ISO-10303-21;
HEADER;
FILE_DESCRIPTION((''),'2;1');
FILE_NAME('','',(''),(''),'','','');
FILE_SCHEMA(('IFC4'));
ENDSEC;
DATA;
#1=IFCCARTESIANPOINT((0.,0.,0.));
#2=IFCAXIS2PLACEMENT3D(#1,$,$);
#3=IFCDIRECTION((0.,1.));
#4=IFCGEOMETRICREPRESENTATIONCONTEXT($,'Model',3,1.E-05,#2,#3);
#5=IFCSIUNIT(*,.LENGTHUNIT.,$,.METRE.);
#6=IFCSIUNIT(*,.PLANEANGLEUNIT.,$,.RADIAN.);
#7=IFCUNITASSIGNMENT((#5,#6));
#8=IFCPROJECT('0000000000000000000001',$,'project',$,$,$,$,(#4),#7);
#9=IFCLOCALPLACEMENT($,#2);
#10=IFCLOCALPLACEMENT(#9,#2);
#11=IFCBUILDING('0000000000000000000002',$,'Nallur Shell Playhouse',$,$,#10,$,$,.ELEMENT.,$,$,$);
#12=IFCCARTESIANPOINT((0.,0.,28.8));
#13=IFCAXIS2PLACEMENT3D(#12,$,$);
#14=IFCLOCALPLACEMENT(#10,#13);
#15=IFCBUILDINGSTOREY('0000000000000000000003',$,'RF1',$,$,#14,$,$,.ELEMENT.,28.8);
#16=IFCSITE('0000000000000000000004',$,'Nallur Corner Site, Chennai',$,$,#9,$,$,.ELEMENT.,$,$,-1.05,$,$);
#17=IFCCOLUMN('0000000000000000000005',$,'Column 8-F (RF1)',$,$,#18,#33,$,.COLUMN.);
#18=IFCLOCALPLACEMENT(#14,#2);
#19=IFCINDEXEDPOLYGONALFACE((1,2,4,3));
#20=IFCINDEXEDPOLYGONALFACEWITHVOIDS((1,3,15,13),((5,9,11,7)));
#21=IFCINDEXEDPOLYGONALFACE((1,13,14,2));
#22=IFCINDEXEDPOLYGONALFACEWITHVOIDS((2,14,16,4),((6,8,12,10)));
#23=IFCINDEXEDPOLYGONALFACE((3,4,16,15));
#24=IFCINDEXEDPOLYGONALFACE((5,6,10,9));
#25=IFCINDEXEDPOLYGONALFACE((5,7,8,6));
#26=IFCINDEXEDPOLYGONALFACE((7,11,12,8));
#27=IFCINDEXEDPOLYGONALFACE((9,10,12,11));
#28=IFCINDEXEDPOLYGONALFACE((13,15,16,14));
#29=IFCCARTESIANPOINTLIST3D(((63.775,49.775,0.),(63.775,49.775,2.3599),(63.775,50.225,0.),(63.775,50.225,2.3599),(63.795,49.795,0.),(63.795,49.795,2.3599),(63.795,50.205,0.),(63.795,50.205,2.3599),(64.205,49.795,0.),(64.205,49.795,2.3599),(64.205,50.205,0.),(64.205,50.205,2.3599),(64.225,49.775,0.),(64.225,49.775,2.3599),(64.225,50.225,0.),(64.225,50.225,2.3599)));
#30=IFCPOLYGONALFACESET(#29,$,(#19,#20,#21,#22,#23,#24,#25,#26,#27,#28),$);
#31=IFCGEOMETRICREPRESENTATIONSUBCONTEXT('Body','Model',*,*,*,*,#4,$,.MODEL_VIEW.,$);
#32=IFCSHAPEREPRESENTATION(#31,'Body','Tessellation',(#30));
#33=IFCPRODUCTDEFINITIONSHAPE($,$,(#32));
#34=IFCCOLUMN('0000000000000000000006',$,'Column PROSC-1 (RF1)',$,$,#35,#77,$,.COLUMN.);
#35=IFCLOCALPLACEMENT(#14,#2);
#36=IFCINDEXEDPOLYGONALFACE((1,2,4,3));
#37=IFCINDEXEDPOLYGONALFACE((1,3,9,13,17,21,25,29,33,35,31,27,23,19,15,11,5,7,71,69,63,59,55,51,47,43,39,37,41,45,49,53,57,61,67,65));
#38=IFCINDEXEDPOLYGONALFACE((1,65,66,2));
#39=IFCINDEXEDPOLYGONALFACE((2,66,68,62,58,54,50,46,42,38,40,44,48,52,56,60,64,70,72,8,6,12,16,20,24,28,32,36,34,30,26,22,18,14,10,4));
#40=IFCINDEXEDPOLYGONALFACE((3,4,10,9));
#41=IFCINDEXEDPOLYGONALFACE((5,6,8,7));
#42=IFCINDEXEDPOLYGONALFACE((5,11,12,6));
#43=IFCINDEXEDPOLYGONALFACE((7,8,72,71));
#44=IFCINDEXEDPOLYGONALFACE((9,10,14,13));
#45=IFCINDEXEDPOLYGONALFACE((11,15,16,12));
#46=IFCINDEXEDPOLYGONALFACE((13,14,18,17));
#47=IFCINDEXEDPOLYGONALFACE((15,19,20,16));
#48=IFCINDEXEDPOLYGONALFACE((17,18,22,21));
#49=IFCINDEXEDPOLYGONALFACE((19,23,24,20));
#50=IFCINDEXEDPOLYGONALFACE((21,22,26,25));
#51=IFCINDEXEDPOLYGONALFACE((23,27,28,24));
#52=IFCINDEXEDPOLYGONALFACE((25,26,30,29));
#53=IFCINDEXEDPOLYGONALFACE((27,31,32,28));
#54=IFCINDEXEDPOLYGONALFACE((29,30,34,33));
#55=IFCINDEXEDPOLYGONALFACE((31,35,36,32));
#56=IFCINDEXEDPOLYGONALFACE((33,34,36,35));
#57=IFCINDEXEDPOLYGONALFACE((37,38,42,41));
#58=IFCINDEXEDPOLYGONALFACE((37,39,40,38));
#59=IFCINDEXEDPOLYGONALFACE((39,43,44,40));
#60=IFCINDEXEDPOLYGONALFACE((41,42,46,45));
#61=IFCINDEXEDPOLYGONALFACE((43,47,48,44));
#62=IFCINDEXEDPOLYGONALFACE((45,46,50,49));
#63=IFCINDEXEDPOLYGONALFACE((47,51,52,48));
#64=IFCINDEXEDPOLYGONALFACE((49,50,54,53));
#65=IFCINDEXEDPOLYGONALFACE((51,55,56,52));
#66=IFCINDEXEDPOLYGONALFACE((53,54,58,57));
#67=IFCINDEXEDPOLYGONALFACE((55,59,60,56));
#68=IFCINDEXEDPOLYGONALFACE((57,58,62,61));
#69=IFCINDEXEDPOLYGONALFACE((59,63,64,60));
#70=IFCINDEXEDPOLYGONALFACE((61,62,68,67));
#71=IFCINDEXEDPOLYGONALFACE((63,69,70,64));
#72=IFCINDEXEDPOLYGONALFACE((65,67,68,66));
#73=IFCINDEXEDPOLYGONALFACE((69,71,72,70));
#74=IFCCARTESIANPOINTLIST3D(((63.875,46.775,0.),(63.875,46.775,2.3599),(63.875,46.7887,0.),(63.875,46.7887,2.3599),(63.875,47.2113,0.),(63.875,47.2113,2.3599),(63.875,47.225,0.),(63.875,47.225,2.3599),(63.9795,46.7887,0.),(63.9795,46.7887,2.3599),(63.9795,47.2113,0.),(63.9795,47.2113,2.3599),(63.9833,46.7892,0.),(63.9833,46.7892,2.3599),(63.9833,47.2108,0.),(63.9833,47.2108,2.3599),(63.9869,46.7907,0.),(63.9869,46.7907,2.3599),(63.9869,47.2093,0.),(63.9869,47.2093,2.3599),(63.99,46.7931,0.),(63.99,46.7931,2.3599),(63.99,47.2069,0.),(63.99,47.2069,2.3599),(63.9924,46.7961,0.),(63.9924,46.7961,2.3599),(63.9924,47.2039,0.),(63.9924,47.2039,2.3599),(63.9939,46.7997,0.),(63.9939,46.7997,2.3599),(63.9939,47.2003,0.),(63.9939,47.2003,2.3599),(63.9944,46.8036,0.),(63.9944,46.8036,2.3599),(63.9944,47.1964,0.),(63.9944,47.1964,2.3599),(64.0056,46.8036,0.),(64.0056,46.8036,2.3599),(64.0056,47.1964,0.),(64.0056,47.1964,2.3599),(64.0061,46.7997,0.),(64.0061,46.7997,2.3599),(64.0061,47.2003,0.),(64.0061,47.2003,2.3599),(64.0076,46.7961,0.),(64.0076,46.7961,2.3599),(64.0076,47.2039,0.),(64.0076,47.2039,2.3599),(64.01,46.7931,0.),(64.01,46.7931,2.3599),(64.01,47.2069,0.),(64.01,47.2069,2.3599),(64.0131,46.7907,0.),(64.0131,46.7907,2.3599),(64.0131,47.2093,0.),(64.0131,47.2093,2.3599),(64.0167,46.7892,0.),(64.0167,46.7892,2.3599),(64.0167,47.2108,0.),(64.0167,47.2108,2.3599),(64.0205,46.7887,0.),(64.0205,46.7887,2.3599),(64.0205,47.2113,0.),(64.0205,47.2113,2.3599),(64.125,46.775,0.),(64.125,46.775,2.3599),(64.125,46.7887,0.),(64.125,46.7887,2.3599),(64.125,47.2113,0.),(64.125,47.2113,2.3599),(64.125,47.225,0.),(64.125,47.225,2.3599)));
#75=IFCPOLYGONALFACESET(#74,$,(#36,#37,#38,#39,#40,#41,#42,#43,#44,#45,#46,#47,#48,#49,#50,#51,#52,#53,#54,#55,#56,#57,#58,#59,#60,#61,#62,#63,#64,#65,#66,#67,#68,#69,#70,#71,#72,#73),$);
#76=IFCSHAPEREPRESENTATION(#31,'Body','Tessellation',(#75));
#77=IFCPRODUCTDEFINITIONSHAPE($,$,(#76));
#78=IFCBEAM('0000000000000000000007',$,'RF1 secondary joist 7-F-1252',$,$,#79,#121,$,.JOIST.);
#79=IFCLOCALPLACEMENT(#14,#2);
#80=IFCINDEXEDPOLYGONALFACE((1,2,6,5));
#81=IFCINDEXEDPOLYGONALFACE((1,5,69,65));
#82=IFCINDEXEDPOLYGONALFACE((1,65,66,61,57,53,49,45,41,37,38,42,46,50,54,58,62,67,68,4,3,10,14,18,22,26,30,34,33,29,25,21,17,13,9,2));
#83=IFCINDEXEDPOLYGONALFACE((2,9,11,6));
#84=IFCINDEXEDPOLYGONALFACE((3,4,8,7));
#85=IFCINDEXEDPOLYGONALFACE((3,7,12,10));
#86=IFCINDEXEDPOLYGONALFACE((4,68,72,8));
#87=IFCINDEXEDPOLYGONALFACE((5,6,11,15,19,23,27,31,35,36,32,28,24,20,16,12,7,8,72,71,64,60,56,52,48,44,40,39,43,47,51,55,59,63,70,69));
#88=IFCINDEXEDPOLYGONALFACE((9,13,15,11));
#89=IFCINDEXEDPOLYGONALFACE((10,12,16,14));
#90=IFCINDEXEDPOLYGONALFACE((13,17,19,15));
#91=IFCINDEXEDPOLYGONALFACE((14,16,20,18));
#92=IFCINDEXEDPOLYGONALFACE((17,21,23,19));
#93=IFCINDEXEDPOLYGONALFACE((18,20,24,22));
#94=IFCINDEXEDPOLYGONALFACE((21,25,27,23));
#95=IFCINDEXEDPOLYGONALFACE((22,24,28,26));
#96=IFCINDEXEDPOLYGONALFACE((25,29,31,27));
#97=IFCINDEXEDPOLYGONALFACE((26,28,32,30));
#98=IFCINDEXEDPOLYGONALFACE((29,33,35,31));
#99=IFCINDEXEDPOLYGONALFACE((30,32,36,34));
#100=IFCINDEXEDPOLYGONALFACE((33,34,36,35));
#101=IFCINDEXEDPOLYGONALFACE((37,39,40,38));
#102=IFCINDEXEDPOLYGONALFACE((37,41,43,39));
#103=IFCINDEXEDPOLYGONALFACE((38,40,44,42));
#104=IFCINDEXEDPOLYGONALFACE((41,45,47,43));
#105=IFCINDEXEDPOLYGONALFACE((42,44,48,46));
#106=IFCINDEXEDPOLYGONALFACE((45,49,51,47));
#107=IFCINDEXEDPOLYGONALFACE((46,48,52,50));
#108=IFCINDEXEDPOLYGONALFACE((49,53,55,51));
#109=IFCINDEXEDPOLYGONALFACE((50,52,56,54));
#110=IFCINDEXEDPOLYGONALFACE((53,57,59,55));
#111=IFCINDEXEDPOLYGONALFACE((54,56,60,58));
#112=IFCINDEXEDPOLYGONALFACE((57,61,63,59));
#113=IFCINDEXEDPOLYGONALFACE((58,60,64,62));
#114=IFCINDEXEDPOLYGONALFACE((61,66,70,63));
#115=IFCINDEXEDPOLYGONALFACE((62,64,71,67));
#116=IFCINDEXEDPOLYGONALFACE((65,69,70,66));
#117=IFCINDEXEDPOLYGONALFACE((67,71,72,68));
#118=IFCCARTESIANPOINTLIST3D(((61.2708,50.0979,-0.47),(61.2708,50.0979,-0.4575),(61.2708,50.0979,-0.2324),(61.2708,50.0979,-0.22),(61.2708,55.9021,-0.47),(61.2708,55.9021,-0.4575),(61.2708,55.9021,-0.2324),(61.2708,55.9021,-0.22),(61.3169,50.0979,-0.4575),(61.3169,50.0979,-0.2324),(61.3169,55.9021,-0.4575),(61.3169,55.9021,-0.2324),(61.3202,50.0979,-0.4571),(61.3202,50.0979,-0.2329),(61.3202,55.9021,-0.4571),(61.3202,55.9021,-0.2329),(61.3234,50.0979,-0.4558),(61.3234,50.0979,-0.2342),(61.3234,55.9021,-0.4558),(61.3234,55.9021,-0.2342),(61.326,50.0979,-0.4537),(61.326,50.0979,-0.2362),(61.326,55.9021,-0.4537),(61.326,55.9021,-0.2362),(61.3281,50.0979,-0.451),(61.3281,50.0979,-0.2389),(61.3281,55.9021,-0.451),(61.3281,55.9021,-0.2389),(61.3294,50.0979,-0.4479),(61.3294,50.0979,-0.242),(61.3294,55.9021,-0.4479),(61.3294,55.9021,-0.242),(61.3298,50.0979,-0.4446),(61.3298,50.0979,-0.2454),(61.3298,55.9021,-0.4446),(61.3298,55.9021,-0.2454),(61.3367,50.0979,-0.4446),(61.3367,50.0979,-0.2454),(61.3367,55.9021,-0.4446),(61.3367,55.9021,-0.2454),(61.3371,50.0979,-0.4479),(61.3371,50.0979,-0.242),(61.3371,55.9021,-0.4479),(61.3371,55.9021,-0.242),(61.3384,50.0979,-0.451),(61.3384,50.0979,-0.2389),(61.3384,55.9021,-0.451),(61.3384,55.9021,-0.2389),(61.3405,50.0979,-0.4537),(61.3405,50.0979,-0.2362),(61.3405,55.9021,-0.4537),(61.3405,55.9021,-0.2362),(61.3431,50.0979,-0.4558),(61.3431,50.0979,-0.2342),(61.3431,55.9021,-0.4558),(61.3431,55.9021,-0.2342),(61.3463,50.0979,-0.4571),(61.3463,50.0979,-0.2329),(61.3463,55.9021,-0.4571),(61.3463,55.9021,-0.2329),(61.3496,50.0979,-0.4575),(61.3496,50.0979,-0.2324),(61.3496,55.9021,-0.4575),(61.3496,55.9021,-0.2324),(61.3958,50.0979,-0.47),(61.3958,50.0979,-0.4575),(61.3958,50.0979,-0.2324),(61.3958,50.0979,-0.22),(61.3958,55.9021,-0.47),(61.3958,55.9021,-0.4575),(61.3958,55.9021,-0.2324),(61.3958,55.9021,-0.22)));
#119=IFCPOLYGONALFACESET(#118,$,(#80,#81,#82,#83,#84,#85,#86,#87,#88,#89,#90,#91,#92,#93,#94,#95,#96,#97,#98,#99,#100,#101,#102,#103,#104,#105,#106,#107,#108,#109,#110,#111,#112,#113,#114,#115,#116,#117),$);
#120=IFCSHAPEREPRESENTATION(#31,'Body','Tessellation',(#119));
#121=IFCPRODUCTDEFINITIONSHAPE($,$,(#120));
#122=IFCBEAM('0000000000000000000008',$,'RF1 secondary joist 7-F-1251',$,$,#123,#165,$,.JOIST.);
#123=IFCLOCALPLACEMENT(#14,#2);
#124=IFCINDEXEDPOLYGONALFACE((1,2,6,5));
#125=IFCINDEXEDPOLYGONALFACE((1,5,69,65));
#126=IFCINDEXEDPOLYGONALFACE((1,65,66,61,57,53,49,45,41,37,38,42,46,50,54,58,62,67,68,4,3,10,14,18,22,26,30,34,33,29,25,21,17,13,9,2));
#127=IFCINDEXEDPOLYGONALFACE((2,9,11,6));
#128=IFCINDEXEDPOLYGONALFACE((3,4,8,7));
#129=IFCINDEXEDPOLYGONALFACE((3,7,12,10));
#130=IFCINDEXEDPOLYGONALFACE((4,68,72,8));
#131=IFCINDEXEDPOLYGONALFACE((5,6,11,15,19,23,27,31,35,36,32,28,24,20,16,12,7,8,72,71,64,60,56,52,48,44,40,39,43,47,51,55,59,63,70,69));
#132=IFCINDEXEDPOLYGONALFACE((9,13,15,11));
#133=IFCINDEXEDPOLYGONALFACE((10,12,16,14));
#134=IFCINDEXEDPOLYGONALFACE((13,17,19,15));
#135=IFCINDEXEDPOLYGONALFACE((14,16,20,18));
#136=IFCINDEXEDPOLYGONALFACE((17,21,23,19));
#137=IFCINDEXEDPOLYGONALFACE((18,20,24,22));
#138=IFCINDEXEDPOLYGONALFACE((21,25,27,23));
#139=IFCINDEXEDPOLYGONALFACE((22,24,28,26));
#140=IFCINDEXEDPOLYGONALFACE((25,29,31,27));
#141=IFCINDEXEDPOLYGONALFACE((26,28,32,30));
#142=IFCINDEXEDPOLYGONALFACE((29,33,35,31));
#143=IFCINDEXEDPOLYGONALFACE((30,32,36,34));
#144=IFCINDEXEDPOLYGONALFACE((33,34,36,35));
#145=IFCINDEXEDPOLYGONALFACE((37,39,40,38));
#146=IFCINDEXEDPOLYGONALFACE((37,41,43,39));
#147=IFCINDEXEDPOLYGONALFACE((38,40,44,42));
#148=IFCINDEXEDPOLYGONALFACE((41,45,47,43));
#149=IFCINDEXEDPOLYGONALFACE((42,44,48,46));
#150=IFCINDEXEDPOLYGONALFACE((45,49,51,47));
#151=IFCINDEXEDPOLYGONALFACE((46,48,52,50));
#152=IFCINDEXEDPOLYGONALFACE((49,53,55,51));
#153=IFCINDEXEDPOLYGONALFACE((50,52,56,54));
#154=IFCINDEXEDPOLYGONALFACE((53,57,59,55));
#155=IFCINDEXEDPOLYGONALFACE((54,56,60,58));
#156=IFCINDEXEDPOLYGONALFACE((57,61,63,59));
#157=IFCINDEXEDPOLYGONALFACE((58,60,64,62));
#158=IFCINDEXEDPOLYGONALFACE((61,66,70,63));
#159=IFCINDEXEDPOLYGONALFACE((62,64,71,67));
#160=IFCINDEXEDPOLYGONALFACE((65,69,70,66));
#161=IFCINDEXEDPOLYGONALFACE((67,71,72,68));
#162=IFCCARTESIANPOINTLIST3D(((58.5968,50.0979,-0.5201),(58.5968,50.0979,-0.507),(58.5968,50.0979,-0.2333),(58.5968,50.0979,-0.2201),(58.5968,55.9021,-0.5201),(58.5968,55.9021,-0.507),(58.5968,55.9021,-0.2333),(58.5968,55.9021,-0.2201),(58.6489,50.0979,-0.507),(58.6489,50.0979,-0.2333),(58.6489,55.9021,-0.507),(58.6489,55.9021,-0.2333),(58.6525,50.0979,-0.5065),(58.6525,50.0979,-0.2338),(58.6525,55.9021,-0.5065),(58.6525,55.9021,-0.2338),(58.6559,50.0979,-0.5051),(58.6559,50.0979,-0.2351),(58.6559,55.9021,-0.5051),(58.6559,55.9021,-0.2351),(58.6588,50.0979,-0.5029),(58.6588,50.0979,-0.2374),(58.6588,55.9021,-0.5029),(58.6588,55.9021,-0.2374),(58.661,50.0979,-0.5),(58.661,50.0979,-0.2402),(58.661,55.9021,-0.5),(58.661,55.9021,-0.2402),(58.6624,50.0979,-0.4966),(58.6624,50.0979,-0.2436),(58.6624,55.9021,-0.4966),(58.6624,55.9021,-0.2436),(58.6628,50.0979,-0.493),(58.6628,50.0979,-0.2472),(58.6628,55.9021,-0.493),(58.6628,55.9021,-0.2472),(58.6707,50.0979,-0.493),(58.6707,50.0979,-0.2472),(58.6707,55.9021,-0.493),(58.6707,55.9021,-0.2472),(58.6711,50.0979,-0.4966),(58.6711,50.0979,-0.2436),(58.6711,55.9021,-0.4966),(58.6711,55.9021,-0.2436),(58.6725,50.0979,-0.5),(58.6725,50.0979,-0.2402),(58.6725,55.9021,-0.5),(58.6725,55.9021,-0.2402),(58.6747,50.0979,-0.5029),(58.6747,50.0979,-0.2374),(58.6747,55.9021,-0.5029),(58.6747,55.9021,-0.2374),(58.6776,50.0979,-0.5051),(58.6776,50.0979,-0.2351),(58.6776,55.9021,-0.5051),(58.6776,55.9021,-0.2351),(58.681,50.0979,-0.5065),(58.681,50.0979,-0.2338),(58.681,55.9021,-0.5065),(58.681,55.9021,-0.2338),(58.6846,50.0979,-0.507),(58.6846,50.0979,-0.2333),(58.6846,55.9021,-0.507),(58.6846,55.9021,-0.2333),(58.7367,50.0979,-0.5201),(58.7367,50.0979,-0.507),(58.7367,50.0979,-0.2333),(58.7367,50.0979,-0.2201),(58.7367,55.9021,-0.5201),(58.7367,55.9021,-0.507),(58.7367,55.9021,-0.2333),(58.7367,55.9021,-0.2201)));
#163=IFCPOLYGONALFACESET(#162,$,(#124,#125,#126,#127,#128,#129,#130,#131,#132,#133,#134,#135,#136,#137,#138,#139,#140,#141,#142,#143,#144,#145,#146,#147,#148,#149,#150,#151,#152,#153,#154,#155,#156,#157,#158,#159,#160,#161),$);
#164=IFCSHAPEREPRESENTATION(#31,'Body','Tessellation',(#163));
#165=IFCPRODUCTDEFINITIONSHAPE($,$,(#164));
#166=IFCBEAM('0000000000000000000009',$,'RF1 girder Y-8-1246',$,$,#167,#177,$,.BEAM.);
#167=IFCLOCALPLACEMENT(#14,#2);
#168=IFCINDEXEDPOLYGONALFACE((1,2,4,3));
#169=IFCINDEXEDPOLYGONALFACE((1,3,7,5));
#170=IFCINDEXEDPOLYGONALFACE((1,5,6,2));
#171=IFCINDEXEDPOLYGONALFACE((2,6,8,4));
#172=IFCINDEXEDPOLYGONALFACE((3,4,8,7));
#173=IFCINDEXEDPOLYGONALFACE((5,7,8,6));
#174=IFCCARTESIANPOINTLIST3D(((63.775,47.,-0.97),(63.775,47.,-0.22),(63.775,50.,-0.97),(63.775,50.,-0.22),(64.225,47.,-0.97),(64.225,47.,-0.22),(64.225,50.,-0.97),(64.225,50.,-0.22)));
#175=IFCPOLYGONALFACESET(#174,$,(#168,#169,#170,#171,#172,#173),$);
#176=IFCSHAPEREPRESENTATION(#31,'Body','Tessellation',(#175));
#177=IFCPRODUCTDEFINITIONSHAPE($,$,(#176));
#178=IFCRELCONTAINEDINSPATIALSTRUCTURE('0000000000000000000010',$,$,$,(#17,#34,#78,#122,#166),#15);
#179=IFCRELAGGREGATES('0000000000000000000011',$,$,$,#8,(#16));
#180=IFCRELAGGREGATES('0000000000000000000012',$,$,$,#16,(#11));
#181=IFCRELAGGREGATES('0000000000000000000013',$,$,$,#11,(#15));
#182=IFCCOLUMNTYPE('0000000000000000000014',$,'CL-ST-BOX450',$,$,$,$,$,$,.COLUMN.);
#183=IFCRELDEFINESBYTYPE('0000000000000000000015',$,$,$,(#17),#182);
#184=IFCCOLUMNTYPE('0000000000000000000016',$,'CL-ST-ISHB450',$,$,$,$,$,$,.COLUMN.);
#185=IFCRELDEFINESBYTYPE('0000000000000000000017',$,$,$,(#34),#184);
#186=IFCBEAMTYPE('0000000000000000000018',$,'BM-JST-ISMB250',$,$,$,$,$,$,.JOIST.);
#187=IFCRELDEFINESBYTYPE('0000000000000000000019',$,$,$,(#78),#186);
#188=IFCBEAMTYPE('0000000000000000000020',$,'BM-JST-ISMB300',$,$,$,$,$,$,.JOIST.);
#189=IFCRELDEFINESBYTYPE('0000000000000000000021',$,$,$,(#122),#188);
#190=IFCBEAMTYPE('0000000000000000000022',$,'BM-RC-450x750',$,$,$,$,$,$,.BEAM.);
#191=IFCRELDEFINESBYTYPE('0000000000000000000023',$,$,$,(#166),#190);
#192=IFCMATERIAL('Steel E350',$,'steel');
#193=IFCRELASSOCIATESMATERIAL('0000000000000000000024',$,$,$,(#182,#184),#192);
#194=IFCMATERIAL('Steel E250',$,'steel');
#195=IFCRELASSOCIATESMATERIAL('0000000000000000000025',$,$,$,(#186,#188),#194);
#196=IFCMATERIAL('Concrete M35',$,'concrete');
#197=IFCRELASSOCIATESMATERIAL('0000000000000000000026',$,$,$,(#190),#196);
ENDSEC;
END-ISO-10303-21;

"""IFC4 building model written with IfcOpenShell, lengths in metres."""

from ifc_helpers import new_model, si_unit, direction, frame, origin, origin_2d, place, context, subcontext, project, spatial, rectangle, hollow_rectangle, i_section, extrude, material, material_profile, profile_set, type_object, element, save


model = new_model("IFC4")

# Units and contexts
model_context = context("Model", 3, precision=1e-05, world=origin(), true_north=direction((0.0, 1.0)))
body_context = subcontext(model_context, "Body", "Model", "MODEL_VIEW")
ifc_project = project(units=[si_unit("LENGTHUNIT", "METRE"), si_unit("PLANEANGLEUNIT", "RADIAN")], contexts=[model_context])

# Site, building, storey
site_placement = place(None, origin())
site = spatial("IfcSite", under=ifc_project, at=site_placement, Name="Nallur Corner Site, Chennai", CompositionType="ELEMENT", RefElevation=-1.05)
building_placement = place(site_placement, origin())
building = spatial("IfcBuilding", under=site, at=building_placement, Name="Nallur Shell Playhouse", CompositionType="ELEMENT")
storey_placement = place(building_placement, frame((0.0, 0.0, 28.8)))
storey = spatial("IfcBuildingStorey", under=building, at=storey_placement, Name="RF1", CompositionType="ELEMENT", Elevation=28.8)

# Columns
ifc_material_1 = material(Name="Steel E350", Category="steel")
ifc_material_profile_1 = material_profile(ifc_material_1, hollow_rectangle(XDim=0.45, YDim=0.45, WallThickness=0.02, at=origin_2d()), Name="BOX 450x450x20")
ifc_profile_set_1 = profile_set([ifc_material_profile_1], Name="Steel E350")
column_type_1 = type_object("IfcColumnType", Name="CL-ST-BOX450", PredefinedType="COLUMN", material=ifc_profile_set_1)
column_1_placement = place(storey_placement, frame((64.0, 50.0, 0.0), z_axis=(0.0, 0.0, 1.0), x_axis=(1.0, 0.0, 0.0)))
element("IfcColumn", 1, at=column_1_placement, inside=storey, type_object=column_type_1, Name="Column 8-F (RF1)", PredefinedType="COLUMN", context=body_context, shape_type="SweptSolid", body=[
    extrude(hollow_rectangle(XDim=0.45, YDim=0.45, WallThickness=0.02, at=origin_2d()), origin(), (0.0, 0.0, 1.0), 2.3599),
])
ifc_material_profile_2 = material_profile(ifc_material_1, i_section(OverallWidth=0.25, OverallDepth=0.45, WebThickness=0.0112, FlangeThickness=0.0137, FilletRadius=0.0149, at=origin_2d()), Name="ISHB 450")
ifc_profile_set_2 = profile_set([ifc_material_profile_2], Name="Steel E350")
column_type_2 = type_object("IfcColumnType", Name="CL-ST-ISHB450", PredefinedType="COLUMN", material=ifc_profile_set_2)
column_2_placement = place(storey_placement, frame((64.0, 47.0, 0.0), z_axis=(0.0, 0.0, 1.0), x_axis=(1.0, 0.0, 0.0)))
element("IfcColumn", 2, at=column_2_placement, inside=storey, type_object=column_type_2, Name="Column PROSC-1 (RF1)", PredefinedType="COLUMN", context=body_context, shape_type="SweptSolid", body=[
    extrude(i_section(OverallWidth=0.25, OverallDepth=0.45, WebThickness=0.0112, FlangeThickness=0.0137, FilletRadius=0.0149, at=origin_2d()), origin(), (0.0, 0.0, 1.0), 2.3599),
])

# Beams
ifc_material_2 = material(Name="Steel E250", Category="steel")
ifc_material_profile_3 = material_profile(ifc_material_2, i_section(OverallWidth=0.125, OverallDepth=0.25, WebThickness=0.0068, FlangeThickness=0.0125, FilletRadius=0.0129, at=origin_2d()), Name="ISMB 250")
ifc_profile_set_3 = profile_set([ifc_material_profile_3], Name="Steel E250")
beam_type_1 = type_object("IfcBeamType", Name="BM-JST-ISMB250", PredefinedType="JOIST", material=ifc_profile_set_3)
beam_1_placement = place(storey_placement, frame((61.3333, 50.0979, -0.345), z_axis=(0.0, 1.0, 0.0), x_axis=(-1.0, 0.0, 0.0)))
element("IfcBeam", 3, at=beam_1_placement, inside=storey, type_object=beam_type_1, Name="RF1 secondary joist 7-F-1252", PredefinedType="JOIST", context=body_context, shape_type="SweptSolid", body=[
    extrude(i_section(OverallWidth=0.125, OverallDepth=0.25, WebThickness=0.0068, FlangeThickness=0.0125, FilletRadius=0.0129, at=origin_2d()), origin(), (0.0, 0.0, 1.0), 5.8042),
])
ifc_material_profile_4 = material_profile(ifc_material_2, i_section(OverallWidth=0.1399, OverallDepth=0.3, WebThickness=0.0078, FlangeThickness=0.0132, FilletRadius=0.0139, at=origin_2d()), Name="ISMB 300")
ifc_profile_set_4 = profile_set([ifc_material_profile_4], Name="Steel E250")
beam_type_2 = type_object("IfcBeamType", Name="BM-JST-ISMB300", PredefinedType="JOIST", material=ifc_profile_set_4)
beam_2_placement = place(storey_placement, frame((58.6667, 50.0979, -0.3701), z_axis=(0.0, 1.0, 0.0), x_axis=(-1.0, 0.0, 0.0)))
element("IfcBeam", 4, at=beam_2_placement, inside=storey, type_object=beam_type_2, Name="RF1 secondary joist 7-F-1251", PredefinedType="JOIST", context=body_context, shape_type="SweptSolid", body=[
    extrude(i_section(OverallWidth=0.1399, OverallDepth=0.3, WebThickness=0.0078, FlangeThickness=0.0132, FilletRadius=0.0139, at=origin_2d()), origin(), (0.0, 0.0, 1.0), 5.8042),
])
ifc_material_3 = material(Name="Concrete M35", Category="concrete")
ifc_material_profile_5 = material_profile(ifc_material_3, rectangle(XDim=0.45, YDim=0.75, at=origin_2d()), Name="RC 450x750")
ifc_profile_set_5 = profile_set([ifc_material_profile_5], Name="Concrete M35")
beam_type_3 = type_object("IfcBeamType", Name="BM-RC-450x750", PredefinedType="BEAM", material=ifc_profile_set_5)
beam_3_placement = place(storey_placement, frame((64.0, 47.0, -0.595), z_axis=(0.0, 1.0, 0.0), x_axis=(-1.0, 0.0, 0.0)))
element("IfcBeam", 5, at=beam_3_placement, inside=storey, type_object=beam_type_3, Name="RF1 girder Y-8-1246", PredefinedType="BEAM", context=body_context, shape_type="SweptSolid", body=[
    extrude(rectangle(XDim=0.45, YDim=0.75, at=origin_2d()), origin(), (0.0, 0.0, 1.0), 3.0),
])

save(model, "model.ifc")
